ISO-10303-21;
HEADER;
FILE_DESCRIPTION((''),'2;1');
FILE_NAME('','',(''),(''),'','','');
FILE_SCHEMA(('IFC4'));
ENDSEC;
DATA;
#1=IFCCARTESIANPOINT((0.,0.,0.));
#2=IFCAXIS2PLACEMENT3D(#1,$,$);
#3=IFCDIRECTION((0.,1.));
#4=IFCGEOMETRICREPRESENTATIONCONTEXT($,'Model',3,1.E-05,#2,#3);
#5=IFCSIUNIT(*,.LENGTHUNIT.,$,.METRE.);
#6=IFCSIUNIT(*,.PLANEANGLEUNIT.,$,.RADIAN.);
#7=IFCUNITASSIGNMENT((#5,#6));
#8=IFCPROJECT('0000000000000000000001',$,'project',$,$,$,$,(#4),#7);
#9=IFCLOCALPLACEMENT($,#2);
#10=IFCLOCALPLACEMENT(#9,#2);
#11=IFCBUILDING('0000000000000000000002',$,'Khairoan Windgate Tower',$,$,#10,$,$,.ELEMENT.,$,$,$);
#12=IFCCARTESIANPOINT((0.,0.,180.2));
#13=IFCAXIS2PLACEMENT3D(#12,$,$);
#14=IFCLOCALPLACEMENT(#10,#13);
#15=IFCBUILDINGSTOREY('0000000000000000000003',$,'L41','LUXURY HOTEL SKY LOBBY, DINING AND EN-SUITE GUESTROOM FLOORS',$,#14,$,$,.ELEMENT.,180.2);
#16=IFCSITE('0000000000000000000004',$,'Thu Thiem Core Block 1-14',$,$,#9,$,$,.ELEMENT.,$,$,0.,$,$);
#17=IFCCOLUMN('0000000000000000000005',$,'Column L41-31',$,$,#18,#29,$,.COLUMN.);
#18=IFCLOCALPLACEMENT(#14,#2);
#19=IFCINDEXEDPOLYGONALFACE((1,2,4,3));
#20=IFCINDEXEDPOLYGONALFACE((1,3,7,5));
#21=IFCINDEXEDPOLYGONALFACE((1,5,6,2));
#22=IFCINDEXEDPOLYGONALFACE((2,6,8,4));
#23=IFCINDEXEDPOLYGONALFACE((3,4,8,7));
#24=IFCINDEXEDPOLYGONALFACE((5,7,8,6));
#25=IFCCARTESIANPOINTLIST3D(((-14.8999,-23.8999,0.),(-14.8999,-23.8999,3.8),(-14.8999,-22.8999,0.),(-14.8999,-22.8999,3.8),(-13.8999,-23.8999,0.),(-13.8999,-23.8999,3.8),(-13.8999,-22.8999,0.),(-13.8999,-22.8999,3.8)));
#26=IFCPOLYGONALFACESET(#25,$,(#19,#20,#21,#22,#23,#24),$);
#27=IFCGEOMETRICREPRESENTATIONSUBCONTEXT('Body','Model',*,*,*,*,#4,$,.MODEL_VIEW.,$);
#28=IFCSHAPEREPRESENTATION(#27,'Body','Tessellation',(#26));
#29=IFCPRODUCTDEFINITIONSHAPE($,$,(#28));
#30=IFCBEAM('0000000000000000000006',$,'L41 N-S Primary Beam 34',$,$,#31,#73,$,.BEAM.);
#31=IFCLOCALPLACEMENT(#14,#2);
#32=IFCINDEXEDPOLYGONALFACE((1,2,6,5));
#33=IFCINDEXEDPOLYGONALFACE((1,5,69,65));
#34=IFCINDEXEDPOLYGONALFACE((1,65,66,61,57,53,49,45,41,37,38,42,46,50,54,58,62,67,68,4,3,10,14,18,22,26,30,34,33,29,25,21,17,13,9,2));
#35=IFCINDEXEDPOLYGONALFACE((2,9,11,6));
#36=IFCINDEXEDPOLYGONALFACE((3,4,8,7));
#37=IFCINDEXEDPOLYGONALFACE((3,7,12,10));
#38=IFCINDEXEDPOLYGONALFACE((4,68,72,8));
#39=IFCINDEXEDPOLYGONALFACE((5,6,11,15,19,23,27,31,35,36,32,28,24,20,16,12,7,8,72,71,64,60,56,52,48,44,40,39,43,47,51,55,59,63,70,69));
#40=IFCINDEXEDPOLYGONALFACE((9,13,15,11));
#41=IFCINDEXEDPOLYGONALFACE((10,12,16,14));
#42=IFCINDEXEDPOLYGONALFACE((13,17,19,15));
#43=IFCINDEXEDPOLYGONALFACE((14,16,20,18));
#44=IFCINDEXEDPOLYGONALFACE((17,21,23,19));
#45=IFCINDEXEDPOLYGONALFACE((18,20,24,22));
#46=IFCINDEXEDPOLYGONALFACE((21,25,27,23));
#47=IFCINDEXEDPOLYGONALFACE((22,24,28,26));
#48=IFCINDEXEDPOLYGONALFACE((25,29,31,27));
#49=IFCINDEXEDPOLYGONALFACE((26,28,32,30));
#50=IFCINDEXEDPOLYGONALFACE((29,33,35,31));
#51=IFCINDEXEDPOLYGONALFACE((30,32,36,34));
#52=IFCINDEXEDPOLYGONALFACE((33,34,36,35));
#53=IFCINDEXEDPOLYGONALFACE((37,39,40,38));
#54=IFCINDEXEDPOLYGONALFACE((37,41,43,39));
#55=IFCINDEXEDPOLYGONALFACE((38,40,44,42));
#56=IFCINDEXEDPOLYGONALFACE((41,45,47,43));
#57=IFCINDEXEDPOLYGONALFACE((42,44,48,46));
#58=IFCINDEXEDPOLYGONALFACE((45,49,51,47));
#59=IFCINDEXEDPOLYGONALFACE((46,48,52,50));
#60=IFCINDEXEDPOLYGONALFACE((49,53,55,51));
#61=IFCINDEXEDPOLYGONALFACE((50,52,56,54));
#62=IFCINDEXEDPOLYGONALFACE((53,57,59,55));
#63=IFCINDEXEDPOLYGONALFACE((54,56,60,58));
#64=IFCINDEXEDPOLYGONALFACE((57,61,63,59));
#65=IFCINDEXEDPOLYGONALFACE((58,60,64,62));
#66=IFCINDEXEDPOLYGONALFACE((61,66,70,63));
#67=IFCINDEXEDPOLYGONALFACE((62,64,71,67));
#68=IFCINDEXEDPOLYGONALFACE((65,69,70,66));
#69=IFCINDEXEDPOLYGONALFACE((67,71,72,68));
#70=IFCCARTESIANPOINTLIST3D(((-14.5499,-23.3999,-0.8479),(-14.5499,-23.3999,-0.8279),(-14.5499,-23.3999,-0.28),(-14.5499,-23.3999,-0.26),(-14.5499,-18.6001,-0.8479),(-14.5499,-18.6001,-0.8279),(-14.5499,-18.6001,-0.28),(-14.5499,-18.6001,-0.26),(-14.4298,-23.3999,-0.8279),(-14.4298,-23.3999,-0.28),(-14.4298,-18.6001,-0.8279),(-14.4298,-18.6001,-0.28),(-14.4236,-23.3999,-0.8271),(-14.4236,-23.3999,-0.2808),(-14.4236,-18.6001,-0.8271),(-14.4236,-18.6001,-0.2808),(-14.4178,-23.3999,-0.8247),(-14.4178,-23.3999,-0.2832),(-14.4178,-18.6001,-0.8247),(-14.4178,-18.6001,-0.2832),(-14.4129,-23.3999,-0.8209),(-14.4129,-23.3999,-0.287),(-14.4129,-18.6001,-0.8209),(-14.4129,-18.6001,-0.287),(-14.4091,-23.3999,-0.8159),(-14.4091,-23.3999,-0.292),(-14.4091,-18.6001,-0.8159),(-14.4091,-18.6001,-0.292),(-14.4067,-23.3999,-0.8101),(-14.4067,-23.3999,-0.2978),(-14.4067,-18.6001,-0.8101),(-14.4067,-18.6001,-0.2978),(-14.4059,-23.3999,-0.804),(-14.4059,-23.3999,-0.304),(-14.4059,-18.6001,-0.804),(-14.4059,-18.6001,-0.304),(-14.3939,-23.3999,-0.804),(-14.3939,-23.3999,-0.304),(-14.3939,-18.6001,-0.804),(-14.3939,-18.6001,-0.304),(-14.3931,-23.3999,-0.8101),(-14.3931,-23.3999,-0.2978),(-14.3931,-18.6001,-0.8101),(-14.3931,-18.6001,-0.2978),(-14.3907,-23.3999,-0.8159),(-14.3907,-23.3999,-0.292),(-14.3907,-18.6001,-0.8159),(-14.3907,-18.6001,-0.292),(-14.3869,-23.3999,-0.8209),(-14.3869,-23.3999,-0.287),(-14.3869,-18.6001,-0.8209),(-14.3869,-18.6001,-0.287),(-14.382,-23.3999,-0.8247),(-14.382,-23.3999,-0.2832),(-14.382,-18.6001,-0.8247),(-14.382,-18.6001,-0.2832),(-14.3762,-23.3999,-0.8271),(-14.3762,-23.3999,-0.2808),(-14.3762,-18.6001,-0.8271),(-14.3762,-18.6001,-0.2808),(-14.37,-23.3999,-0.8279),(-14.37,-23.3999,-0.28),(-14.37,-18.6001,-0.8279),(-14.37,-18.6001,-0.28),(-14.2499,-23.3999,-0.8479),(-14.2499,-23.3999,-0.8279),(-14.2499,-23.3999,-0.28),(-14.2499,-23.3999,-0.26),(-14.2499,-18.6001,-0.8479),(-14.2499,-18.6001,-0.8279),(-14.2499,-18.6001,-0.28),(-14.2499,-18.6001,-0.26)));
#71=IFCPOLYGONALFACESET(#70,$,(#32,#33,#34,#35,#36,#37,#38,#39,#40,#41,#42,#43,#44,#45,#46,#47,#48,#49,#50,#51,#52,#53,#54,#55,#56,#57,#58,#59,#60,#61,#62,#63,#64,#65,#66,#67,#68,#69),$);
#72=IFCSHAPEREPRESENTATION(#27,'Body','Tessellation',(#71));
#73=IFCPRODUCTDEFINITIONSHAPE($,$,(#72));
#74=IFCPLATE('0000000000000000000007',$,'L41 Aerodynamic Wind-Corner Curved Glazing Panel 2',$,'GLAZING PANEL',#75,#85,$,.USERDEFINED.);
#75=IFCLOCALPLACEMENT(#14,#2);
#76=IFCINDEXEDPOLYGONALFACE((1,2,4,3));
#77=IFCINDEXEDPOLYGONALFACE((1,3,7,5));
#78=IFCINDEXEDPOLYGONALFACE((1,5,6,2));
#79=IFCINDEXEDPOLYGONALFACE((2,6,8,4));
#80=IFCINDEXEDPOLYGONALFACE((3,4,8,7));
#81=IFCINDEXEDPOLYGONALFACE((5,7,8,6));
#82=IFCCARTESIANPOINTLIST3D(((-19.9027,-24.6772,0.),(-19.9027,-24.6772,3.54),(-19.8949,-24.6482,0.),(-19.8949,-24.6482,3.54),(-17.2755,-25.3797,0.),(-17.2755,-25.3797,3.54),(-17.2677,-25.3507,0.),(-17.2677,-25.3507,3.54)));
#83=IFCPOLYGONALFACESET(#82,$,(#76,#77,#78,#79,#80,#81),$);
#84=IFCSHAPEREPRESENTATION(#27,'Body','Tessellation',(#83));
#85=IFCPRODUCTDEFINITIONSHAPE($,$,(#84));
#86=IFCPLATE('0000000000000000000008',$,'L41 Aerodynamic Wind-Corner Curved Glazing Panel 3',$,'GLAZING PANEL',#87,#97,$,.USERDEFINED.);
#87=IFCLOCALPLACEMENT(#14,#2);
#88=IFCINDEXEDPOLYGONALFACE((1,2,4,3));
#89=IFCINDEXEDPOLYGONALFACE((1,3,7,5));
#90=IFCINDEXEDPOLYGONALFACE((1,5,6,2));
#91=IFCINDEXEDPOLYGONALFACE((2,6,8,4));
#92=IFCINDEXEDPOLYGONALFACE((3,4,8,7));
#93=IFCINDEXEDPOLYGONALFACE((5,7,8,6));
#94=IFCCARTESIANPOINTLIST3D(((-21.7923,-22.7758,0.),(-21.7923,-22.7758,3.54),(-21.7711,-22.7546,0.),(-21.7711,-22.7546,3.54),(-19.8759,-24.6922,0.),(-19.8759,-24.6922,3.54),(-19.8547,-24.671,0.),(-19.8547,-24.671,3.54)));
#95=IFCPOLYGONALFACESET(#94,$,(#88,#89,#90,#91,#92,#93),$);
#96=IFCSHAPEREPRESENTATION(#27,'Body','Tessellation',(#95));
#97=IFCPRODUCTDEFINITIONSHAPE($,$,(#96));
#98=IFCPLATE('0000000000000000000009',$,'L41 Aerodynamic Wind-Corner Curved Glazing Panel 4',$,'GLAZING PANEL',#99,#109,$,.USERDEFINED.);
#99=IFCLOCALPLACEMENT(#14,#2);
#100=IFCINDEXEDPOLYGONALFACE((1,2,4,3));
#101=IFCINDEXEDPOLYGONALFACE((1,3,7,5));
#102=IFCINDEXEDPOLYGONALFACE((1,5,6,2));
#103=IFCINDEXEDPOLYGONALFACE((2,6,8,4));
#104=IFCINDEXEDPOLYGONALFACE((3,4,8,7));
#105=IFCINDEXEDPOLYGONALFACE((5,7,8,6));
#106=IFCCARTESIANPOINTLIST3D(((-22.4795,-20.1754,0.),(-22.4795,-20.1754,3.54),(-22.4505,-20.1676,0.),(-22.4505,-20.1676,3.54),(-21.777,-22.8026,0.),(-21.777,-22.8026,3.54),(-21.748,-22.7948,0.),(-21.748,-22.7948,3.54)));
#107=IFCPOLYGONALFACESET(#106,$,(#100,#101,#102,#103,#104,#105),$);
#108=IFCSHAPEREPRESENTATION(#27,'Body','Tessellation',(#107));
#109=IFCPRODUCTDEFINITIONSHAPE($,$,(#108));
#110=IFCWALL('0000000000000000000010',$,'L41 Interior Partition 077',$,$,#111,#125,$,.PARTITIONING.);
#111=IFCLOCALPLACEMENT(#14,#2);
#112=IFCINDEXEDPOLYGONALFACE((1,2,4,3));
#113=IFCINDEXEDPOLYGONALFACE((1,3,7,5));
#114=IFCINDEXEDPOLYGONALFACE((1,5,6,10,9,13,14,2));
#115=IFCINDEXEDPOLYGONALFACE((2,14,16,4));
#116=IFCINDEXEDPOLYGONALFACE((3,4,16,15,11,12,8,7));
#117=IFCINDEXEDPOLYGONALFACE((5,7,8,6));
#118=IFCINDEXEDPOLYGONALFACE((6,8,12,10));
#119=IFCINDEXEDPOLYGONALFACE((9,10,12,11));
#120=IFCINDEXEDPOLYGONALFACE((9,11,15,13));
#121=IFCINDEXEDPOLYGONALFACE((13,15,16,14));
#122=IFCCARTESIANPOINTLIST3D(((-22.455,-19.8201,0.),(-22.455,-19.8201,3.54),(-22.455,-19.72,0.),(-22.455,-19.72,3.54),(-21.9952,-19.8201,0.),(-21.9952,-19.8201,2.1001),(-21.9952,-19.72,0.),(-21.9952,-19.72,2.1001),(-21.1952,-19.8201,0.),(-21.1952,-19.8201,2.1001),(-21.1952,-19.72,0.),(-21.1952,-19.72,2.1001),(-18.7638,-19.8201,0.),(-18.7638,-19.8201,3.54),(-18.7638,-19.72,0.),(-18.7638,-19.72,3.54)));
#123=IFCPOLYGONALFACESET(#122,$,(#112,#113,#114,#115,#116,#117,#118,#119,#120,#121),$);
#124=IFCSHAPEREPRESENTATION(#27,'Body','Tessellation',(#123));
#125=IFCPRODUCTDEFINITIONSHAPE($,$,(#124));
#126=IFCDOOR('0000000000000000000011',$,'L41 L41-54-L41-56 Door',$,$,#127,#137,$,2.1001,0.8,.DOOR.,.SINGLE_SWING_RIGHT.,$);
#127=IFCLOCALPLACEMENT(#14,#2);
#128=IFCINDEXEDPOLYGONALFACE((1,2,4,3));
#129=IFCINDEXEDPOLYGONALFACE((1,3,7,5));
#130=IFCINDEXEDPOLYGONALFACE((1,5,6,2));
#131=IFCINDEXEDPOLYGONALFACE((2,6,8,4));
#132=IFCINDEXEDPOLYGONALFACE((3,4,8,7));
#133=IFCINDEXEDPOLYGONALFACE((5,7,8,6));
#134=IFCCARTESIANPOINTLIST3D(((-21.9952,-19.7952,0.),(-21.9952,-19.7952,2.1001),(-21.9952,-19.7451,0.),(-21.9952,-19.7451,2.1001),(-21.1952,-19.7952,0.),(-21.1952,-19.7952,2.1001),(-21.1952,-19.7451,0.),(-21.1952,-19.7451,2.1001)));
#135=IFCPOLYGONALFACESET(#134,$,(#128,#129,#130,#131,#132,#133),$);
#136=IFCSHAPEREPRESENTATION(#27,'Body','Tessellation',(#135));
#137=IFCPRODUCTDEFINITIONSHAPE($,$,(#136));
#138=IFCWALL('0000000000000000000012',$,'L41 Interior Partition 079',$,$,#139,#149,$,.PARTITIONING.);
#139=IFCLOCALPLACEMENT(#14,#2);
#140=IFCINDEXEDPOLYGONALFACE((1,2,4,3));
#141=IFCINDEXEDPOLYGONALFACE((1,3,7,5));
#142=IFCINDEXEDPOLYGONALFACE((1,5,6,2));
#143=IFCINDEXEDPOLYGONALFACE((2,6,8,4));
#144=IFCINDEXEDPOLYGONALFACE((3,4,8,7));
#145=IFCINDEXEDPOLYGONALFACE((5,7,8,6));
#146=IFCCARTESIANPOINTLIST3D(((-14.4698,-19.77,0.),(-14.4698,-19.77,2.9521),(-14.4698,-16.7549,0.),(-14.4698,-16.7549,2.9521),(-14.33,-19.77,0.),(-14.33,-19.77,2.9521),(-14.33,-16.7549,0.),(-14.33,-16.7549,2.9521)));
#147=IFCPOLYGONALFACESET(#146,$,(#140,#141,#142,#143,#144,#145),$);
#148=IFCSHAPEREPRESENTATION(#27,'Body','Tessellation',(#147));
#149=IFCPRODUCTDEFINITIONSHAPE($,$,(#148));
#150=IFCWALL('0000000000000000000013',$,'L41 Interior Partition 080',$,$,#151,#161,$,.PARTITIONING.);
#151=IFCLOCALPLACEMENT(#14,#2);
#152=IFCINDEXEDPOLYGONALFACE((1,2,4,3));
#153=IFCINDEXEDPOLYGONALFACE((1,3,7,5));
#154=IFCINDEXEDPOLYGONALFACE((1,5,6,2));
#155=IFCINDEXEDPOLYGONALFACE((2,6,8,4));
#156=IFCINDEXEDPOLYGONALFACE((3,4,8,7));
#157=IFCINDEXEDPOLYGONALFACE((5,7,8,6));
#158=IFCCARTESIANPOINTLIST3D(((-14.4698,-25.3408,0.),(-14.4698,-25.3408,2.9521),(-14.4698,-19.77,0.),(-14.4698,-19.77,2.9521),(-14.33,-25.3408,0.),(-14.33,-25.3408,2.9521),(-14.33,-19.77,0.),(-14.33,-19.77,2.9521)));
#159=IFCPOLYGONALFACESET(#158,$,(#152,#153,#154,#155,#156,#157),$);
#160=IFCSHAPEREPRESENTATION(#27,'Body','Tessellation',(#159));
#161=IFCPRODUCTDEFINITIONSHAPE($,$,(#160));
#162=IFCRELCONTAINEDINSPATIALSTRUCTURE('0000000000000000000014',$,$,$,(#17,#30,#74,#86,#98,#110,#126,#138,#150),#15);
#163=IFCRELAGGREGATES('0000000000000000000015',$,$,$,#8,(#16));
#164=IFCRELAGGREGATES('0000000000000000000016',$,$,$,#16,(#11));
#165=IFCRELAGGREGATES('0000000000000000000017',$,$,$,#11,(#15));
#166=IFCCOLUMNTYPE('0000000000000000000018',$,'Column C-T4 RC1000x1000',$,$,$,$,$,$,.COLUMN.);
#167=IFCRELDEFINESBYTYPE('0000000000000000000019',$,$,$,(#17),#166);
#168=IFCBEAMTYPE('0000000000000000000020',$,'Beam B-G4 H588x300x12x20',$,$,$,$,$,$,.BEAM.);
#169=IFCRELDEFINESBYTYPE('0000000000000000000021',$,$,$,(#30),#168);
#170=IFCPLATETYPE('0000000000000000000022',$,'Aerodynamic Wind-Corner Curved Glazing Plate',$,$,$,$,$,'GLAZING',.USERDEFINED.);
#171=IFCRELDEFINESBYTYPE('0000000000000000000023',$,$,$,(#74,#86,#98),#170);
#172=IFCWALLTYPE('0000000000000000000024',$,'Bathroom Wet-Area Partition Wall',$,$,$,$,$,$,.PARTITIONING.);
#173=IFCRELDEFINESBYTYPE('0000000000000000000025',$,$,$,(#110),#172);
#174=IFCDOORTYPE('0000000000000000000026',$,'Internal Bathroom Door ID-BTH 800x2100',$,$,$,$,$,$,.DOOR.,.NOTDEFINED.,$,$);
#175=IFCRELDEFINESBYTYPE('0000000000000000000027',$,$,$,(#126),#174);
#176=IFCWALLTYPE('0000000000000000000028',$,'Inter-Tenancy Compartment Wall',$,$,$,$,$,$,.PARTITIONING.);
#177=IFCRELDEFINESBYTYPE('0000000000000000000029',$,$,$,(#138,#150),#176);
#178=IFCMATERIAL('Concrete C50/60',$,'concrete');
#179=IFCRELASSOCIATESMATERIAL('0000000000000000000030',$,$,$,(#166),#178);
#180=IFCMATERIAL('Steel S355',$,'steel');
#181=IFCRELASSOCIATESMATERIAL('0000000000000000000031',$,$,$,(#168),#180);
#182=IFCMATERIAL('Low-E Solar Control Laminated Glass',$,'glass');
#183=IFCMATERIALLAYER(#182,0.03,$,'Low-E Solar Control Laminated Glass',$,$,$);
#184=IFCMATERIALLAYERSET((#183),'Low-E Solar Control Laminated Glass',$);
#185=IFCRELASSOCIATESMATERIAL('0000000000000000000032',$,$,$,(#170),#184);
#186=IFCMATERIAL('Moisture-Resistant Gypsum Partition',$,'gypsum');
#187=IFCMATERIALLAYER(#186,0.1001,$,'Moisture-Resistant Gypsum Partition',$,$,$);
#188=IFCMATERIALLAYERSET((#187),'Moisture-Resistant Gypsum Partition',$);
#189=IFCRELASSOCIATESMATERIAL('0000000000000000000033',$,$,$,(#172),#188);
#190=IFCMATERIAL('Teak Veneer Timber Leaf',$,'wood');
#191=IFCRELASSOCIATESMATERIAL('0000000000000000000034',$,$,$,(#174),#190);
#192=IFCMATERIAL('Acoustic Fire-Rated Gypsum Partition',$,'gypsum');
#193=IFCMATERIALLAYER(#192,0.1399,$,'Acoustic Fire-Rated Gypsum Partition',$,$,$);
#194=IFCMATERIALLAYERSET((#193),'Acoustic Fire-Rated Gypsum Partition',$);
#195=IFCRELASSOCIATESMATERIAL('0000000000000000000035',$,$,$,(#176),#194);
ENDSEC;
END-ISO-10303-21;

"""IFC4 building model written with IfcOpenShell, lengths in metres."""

from ifc_helpers import new_model, si_unit, direction, frame, frame_2d, origin, origin_2d, place, context, subcontext, project, spatial, rectangle, i_section, extrude, material, layer, layer_set, material_profile, profile_set, type_object, element, fill, save


model = new_model("IFC4")

# Units and contexts
model_context = context("Model", 3, precision=1e-05, world=origin(), true_north=direction((0.0, 1.0)))
body_context = subcontext(model_context, "Body", "Model", "MODEL_VIEW")
ifc_project = project(units=[si_unit("LENGTHUNIT", "METRE"), si_unit("PLANEANGLEUNIT", "RADIAN")], contexts=[model_context])

# Site, building, storey
site_placement = place(None, origin())
site = spatial("IfcSite", under=ifc_project, at=site_placement, Name="Thu Thiem Core Block 1-14", CompositionType="ELEMENT", RefElevation=0.0)
building_placement = place(site_placement, origin())
building = spatial("IfcBuilding", under=site, at=building_placement, Name="Khairoan Windgate Tower", CompositionType="ELEMENT")
storey_placement = place(building_placement, frame((0.0, 0.0, 180.2)))
storey = spatial("IfcBuildingStorey", under=building, at=storey_placement, Name="L41", Description="LUXURY HOTEL SKY LOBBY, DINING AND EN-SUITE GUESTROOM FLOORS", CompositionType="ELEMENT", Elevation=180.2)

# Column
ifc_material_1 = material(Name="Concrete C50/60", Category="concrete")
ifc_material_profile_1 = material_profile(ifc_material_1, rectangle(XDim=1.0, YDim=1.0, at=origin_2d()))
ifc_profile_set_1 = profile_set([ifc_material_profile_1], Name="Concrete C50/60")
column_type = type_object("IfcColumnType", Name="Column C-T4 RC1000x1000", PredefinedType="COLUMN", material=ifc_profile_set_1)
column_placement = place(storey_placement, frame((-14.3999, -23.3999, 0.0), z_axis=(0.0, 0.0, 1.0), x_axis=(1.0, 0.0, 0.0)))
element("IfcColumn", 1, at=column_placement, inside=storey, type_object=column_type, Name="Column L41-31", PredefinedType="COLUMN", context=body_context, shape_type="SweptSolid", body=[
    extrude(rectangle(XDim=1.0, YDim=1.0, at=origin_2d()), origin(), (0.0, 0.0, 1.0), 3.8),
])

# Beam
ifc_material_2 = material(Name="Steel S355", Category="steel")
ifc_material_profile_2 = material_profile(ifc_material_2, i_section(OverallWidth=0.3, OverallDepth=0.5879, WebThickness=0.012, FlangeThickness=0.02, FilletRadius=0.0239, at=origin_2d()))
ifc_profile_set_2 = profile_set([ifc_material_profile_2], Name="Steel S355")
beam_type = type_object("IfcBeamType", Name="Beam B-G4 H588x300x12x20", PredefinedType="BEAM", material=ifc_profile_set_2)
beam_placement = place(storey_placement, frame((-14.3999, -23.3999, -0.554), z_axis=(0.0, 1.0, 0.0), x_axis=(-1.0, 0.0, 0.0)))
element("IfcBeam", 2, at=beam_placement, inside=storey, type_object=beam_type, Name="L41 N-S Primary Beam 34", PredefinedType="BEAM", context=body_context, shape_type="SweptSolid", body=[
    extrude(i_section(OverallWidth=0.3, OverallDepth=0.5879, WebThickness=0.012, FlangeThickness=0.02, FilletRadius=0.0239, at=origin_2d()), origin(), (0.0, 0.0, 1.0), 4.7998),
])

# Plates
ifc_material_3 = material(Name="Low-E Solar Control Laminated Glass", Category="glass")
ifc_layer_1 = layer(ifc_material_3, 0.03, Name="Low-E Solar Control Laminated Glass")
ifc_layer_set_1 = layer_set([ifc_layer_1], Name="Low-E Solar Control Laminated Glass")
plate_type_1 = type_object("IfcPlateType", Name="Aerodynamic Wind-Corner Curved Glazing Plate", ElementType="GLAZING", PredefinedType="USERDEFINED", material=ifc_layer_set_1)
plate_1_placement = place(storey_placement, frame((-18.5852, -25.0139, 0.0), z_axis=(0.0, 0.0, 1.0), x_axis=(-0.966061, 0.258313, 0.0)))
element("IfcPlate", 3, at=plate_1_placement, inside=storey, type_object=plate_type_1, Name="L41 Aerodynamic Wind-Corner Curved Glazing Panel 2", ObjectType="GLAZING PANEL", PredefinedType="USERDEFINED", context=body_context, shape_type="SweptSolid", body=[
    extrude(rectangle(XDim=2.7195, YDim=0.03, at=origin_2d()), origin(), (0.0, 0.0, 1.0), 3.54),
])
plate_2_placement = place(storey_placement, frame((-20.8235, -23.7234, 0.0), z_axis=(0.0, 0.0, 1.0), x_axis=(-0.707107, 0.707107, 0.0)))
element("IfcPlate", 4, at=plate_2_placement, inside=storey, type_object=plate_type_1, Name="L41 Aerodynamic Wind-Corner Curved Glazing Panel 3", ObjectType="GLAZING PANEL", PredefinedType="USERDEFINED", context=body_context, shape_type="SweptSolid", body=[
    extrude(rectangle(XDim=2.7102, YDim=0.03, at=origin_2d()), origin(), (0.0, 0.0, 1.0), 3.54),
])
plate_3_placement = place(storey_placement, frame((-22.1138, -21.4851, 0.0), z_axis=(0.0, 0.0, 1.0), x_axis=(-0.258313, 0.966061, 0.0)))
element("IfcPlate", 5, at=plate_3_placement, inside=storey, type_object=plate_type_1, Name="L41 Aerodynamic Wind-Corner Curved Glazing Panel 4", ObjectType="GLAZING PANEL", PredefinedType="USERDEFINED", context=body_context, shape_type="SweptSolid", body=[
    extrude(rectangle(XDim=2.7195, YDim=0.03, at=origin_2d()), origin(), (0.0, 0.0, 1.0), 3.54),
])

# Wall, opening, door
ifc_material_4 = material(Name="Moisture-Resistant Gypsum Partition", Category="gypsum")
ifc_layer_2 = layer(ifc_material_4, 0.1001, Name="Moisture-Resistant Gypsum Partition")
ifc_layer_set_2 = layer_set([ifc_layer_2], Name="Moisture-Resistant Gypsum Partition")
wall_type_1 = type_object("IfcWallType", Name="Bathroom Wet-Area Partition Wall", PredefinedType="PARTITIONING", material=ifc_layer_set_2)
wall_1_placement = place(storey_placement, frame((-22.4551, -19.77, 0.0), z_axis=(0.0, 0.0, 1.0), x_axis=(1.0, 0.0, 0.0)))
wall_1 = element("IfcWall", 6, at=wall_1_placement, inside=storey, type_object=wall_type_1, Name="L41 Interior Partition 077", PredefinedType="PARTITIONING", context=body_context, shape_type="SweptSolid", body=[
    extrude(rectangle(XDim=3.6912, YDim=0.1001, at=frame_2d((1.8457, 0.0))), origin(), (0.0, 0.0, 1.0), 3.54),
])
opening_1_placement = place(wall_1_placement, frame((0.46, 0.0, 0.0)))
opening_1 = element("IfcOpeningElement", 7, at=opening_1_placement, cuts=wall_1, PredefinedType="OPENING", context=body_context, shape_type="SweptSolid", body=[
    extrude(rectangle(XDim=0.8, YDim=2.1001, at=frame_2d((0.3999, 1.05))), frame((0.0, 0.0601, 0.0), z_axis=(0.0, -1.0, 0.0), x_axis=(1.0, 0.0, 0.0)), (0.0, 0.0, 1.0), 0.1201),
])
ifc_material_5 = material(Name="Teak Veneer Timber Leaf", Category="wood")
door_type_1 = type_object("IfcDoorType", Name="Internal Bathroom Door ID-BTH 800x2100", OperationType="NOTDEFINED", PredefinedType="DOOR", material=ifc_material_5)
door_1_placement = place(opening_1_placement, origin())
door_1 = element("IfcDoor", 8, at=door_1_placement, inside=storey, type_object=door_type_1, Name="L41 L41-54-L41-56 Door", OperationType="SINGLE_SWING_RIGHT", OverallHeight=2.1001, OverallWidth=0.8, PredefinedType="DOOR", context=body_context, shape_type="SweptSolid", body=[
    extrude(rectangle(XDim=0.8, YDim=2.1001, at=frame_2d((0.3999, 1.05))), frame((0.0, 0.0249, 0.0), z_axis=(0.0, -1.0, 0.0), x_axis=(1.0, 0.0, 0.0)), (0.0, 0.0, 1.0), 0.05),
])
fill(opening_1, door_1)

# Walls
ifc_material_6 = material(Name="Acoustic Fire-Rated Gypsum Partition", Category="gypsum")
ifc_layer_3 = layer(ifc_material_6, 0.1399, Name="Acoustic Fire-Rated Gypsum Partition")
ifc_layer_set_3 = layer_set([ifc_layer_3], Name="Acoustic Fire-Rated Gypsum Partition")
wall_type_2 = type_object("IfcWallType", Name="Inter-Tenancy Compartment Wall", PredefinedType="PARTITIONING", material=ifc_layer_set_3)
wall_2_placement = place(storey_placement, frame((-14.3999, -19.77, 0.0), z_axis=(0.0, 0.0, 1.0), x_axis=(0.0, 1.0, 0.0)))
element("IfcWall", 9, at=wall_2_placement, inside=storey, type_object=wall_type_2, Name="L41 Interior Partition 079", PredefinedType="PARTITIONING", context=body_context, shape_type="SweptSolid", body=[
    extrude(rectangle(XDim=3.0151, YDim=0.1399, at=frame_2d((1.5076, 0.0))), origin(), (0.0, 0.0, 1.0), 2.9521),
])
wall_3_placement = place(storey_placement, frame((-14.3999, -25.3408, 0.0), z_axis=(0.0, 0.0, 1.0), x_axis=(0.0, 1.0, 0.0)))
element("IfcWall", 10, at=wall_3_placement, inside=storey, type_object=wall_type_2, Name="L41 Interior Partition 080", PredefinedType="PARTITIONING", context=body_context, shape_type="SweptSolid", body=[
    extrude(rectangle(XDim=5.5708, YDim=0.1399, at=frame_2d((2.7854, 0.0))), origin(), (0.0, 0.0, 1.0), 2.9521),
])

save(model, "model.ifc")
